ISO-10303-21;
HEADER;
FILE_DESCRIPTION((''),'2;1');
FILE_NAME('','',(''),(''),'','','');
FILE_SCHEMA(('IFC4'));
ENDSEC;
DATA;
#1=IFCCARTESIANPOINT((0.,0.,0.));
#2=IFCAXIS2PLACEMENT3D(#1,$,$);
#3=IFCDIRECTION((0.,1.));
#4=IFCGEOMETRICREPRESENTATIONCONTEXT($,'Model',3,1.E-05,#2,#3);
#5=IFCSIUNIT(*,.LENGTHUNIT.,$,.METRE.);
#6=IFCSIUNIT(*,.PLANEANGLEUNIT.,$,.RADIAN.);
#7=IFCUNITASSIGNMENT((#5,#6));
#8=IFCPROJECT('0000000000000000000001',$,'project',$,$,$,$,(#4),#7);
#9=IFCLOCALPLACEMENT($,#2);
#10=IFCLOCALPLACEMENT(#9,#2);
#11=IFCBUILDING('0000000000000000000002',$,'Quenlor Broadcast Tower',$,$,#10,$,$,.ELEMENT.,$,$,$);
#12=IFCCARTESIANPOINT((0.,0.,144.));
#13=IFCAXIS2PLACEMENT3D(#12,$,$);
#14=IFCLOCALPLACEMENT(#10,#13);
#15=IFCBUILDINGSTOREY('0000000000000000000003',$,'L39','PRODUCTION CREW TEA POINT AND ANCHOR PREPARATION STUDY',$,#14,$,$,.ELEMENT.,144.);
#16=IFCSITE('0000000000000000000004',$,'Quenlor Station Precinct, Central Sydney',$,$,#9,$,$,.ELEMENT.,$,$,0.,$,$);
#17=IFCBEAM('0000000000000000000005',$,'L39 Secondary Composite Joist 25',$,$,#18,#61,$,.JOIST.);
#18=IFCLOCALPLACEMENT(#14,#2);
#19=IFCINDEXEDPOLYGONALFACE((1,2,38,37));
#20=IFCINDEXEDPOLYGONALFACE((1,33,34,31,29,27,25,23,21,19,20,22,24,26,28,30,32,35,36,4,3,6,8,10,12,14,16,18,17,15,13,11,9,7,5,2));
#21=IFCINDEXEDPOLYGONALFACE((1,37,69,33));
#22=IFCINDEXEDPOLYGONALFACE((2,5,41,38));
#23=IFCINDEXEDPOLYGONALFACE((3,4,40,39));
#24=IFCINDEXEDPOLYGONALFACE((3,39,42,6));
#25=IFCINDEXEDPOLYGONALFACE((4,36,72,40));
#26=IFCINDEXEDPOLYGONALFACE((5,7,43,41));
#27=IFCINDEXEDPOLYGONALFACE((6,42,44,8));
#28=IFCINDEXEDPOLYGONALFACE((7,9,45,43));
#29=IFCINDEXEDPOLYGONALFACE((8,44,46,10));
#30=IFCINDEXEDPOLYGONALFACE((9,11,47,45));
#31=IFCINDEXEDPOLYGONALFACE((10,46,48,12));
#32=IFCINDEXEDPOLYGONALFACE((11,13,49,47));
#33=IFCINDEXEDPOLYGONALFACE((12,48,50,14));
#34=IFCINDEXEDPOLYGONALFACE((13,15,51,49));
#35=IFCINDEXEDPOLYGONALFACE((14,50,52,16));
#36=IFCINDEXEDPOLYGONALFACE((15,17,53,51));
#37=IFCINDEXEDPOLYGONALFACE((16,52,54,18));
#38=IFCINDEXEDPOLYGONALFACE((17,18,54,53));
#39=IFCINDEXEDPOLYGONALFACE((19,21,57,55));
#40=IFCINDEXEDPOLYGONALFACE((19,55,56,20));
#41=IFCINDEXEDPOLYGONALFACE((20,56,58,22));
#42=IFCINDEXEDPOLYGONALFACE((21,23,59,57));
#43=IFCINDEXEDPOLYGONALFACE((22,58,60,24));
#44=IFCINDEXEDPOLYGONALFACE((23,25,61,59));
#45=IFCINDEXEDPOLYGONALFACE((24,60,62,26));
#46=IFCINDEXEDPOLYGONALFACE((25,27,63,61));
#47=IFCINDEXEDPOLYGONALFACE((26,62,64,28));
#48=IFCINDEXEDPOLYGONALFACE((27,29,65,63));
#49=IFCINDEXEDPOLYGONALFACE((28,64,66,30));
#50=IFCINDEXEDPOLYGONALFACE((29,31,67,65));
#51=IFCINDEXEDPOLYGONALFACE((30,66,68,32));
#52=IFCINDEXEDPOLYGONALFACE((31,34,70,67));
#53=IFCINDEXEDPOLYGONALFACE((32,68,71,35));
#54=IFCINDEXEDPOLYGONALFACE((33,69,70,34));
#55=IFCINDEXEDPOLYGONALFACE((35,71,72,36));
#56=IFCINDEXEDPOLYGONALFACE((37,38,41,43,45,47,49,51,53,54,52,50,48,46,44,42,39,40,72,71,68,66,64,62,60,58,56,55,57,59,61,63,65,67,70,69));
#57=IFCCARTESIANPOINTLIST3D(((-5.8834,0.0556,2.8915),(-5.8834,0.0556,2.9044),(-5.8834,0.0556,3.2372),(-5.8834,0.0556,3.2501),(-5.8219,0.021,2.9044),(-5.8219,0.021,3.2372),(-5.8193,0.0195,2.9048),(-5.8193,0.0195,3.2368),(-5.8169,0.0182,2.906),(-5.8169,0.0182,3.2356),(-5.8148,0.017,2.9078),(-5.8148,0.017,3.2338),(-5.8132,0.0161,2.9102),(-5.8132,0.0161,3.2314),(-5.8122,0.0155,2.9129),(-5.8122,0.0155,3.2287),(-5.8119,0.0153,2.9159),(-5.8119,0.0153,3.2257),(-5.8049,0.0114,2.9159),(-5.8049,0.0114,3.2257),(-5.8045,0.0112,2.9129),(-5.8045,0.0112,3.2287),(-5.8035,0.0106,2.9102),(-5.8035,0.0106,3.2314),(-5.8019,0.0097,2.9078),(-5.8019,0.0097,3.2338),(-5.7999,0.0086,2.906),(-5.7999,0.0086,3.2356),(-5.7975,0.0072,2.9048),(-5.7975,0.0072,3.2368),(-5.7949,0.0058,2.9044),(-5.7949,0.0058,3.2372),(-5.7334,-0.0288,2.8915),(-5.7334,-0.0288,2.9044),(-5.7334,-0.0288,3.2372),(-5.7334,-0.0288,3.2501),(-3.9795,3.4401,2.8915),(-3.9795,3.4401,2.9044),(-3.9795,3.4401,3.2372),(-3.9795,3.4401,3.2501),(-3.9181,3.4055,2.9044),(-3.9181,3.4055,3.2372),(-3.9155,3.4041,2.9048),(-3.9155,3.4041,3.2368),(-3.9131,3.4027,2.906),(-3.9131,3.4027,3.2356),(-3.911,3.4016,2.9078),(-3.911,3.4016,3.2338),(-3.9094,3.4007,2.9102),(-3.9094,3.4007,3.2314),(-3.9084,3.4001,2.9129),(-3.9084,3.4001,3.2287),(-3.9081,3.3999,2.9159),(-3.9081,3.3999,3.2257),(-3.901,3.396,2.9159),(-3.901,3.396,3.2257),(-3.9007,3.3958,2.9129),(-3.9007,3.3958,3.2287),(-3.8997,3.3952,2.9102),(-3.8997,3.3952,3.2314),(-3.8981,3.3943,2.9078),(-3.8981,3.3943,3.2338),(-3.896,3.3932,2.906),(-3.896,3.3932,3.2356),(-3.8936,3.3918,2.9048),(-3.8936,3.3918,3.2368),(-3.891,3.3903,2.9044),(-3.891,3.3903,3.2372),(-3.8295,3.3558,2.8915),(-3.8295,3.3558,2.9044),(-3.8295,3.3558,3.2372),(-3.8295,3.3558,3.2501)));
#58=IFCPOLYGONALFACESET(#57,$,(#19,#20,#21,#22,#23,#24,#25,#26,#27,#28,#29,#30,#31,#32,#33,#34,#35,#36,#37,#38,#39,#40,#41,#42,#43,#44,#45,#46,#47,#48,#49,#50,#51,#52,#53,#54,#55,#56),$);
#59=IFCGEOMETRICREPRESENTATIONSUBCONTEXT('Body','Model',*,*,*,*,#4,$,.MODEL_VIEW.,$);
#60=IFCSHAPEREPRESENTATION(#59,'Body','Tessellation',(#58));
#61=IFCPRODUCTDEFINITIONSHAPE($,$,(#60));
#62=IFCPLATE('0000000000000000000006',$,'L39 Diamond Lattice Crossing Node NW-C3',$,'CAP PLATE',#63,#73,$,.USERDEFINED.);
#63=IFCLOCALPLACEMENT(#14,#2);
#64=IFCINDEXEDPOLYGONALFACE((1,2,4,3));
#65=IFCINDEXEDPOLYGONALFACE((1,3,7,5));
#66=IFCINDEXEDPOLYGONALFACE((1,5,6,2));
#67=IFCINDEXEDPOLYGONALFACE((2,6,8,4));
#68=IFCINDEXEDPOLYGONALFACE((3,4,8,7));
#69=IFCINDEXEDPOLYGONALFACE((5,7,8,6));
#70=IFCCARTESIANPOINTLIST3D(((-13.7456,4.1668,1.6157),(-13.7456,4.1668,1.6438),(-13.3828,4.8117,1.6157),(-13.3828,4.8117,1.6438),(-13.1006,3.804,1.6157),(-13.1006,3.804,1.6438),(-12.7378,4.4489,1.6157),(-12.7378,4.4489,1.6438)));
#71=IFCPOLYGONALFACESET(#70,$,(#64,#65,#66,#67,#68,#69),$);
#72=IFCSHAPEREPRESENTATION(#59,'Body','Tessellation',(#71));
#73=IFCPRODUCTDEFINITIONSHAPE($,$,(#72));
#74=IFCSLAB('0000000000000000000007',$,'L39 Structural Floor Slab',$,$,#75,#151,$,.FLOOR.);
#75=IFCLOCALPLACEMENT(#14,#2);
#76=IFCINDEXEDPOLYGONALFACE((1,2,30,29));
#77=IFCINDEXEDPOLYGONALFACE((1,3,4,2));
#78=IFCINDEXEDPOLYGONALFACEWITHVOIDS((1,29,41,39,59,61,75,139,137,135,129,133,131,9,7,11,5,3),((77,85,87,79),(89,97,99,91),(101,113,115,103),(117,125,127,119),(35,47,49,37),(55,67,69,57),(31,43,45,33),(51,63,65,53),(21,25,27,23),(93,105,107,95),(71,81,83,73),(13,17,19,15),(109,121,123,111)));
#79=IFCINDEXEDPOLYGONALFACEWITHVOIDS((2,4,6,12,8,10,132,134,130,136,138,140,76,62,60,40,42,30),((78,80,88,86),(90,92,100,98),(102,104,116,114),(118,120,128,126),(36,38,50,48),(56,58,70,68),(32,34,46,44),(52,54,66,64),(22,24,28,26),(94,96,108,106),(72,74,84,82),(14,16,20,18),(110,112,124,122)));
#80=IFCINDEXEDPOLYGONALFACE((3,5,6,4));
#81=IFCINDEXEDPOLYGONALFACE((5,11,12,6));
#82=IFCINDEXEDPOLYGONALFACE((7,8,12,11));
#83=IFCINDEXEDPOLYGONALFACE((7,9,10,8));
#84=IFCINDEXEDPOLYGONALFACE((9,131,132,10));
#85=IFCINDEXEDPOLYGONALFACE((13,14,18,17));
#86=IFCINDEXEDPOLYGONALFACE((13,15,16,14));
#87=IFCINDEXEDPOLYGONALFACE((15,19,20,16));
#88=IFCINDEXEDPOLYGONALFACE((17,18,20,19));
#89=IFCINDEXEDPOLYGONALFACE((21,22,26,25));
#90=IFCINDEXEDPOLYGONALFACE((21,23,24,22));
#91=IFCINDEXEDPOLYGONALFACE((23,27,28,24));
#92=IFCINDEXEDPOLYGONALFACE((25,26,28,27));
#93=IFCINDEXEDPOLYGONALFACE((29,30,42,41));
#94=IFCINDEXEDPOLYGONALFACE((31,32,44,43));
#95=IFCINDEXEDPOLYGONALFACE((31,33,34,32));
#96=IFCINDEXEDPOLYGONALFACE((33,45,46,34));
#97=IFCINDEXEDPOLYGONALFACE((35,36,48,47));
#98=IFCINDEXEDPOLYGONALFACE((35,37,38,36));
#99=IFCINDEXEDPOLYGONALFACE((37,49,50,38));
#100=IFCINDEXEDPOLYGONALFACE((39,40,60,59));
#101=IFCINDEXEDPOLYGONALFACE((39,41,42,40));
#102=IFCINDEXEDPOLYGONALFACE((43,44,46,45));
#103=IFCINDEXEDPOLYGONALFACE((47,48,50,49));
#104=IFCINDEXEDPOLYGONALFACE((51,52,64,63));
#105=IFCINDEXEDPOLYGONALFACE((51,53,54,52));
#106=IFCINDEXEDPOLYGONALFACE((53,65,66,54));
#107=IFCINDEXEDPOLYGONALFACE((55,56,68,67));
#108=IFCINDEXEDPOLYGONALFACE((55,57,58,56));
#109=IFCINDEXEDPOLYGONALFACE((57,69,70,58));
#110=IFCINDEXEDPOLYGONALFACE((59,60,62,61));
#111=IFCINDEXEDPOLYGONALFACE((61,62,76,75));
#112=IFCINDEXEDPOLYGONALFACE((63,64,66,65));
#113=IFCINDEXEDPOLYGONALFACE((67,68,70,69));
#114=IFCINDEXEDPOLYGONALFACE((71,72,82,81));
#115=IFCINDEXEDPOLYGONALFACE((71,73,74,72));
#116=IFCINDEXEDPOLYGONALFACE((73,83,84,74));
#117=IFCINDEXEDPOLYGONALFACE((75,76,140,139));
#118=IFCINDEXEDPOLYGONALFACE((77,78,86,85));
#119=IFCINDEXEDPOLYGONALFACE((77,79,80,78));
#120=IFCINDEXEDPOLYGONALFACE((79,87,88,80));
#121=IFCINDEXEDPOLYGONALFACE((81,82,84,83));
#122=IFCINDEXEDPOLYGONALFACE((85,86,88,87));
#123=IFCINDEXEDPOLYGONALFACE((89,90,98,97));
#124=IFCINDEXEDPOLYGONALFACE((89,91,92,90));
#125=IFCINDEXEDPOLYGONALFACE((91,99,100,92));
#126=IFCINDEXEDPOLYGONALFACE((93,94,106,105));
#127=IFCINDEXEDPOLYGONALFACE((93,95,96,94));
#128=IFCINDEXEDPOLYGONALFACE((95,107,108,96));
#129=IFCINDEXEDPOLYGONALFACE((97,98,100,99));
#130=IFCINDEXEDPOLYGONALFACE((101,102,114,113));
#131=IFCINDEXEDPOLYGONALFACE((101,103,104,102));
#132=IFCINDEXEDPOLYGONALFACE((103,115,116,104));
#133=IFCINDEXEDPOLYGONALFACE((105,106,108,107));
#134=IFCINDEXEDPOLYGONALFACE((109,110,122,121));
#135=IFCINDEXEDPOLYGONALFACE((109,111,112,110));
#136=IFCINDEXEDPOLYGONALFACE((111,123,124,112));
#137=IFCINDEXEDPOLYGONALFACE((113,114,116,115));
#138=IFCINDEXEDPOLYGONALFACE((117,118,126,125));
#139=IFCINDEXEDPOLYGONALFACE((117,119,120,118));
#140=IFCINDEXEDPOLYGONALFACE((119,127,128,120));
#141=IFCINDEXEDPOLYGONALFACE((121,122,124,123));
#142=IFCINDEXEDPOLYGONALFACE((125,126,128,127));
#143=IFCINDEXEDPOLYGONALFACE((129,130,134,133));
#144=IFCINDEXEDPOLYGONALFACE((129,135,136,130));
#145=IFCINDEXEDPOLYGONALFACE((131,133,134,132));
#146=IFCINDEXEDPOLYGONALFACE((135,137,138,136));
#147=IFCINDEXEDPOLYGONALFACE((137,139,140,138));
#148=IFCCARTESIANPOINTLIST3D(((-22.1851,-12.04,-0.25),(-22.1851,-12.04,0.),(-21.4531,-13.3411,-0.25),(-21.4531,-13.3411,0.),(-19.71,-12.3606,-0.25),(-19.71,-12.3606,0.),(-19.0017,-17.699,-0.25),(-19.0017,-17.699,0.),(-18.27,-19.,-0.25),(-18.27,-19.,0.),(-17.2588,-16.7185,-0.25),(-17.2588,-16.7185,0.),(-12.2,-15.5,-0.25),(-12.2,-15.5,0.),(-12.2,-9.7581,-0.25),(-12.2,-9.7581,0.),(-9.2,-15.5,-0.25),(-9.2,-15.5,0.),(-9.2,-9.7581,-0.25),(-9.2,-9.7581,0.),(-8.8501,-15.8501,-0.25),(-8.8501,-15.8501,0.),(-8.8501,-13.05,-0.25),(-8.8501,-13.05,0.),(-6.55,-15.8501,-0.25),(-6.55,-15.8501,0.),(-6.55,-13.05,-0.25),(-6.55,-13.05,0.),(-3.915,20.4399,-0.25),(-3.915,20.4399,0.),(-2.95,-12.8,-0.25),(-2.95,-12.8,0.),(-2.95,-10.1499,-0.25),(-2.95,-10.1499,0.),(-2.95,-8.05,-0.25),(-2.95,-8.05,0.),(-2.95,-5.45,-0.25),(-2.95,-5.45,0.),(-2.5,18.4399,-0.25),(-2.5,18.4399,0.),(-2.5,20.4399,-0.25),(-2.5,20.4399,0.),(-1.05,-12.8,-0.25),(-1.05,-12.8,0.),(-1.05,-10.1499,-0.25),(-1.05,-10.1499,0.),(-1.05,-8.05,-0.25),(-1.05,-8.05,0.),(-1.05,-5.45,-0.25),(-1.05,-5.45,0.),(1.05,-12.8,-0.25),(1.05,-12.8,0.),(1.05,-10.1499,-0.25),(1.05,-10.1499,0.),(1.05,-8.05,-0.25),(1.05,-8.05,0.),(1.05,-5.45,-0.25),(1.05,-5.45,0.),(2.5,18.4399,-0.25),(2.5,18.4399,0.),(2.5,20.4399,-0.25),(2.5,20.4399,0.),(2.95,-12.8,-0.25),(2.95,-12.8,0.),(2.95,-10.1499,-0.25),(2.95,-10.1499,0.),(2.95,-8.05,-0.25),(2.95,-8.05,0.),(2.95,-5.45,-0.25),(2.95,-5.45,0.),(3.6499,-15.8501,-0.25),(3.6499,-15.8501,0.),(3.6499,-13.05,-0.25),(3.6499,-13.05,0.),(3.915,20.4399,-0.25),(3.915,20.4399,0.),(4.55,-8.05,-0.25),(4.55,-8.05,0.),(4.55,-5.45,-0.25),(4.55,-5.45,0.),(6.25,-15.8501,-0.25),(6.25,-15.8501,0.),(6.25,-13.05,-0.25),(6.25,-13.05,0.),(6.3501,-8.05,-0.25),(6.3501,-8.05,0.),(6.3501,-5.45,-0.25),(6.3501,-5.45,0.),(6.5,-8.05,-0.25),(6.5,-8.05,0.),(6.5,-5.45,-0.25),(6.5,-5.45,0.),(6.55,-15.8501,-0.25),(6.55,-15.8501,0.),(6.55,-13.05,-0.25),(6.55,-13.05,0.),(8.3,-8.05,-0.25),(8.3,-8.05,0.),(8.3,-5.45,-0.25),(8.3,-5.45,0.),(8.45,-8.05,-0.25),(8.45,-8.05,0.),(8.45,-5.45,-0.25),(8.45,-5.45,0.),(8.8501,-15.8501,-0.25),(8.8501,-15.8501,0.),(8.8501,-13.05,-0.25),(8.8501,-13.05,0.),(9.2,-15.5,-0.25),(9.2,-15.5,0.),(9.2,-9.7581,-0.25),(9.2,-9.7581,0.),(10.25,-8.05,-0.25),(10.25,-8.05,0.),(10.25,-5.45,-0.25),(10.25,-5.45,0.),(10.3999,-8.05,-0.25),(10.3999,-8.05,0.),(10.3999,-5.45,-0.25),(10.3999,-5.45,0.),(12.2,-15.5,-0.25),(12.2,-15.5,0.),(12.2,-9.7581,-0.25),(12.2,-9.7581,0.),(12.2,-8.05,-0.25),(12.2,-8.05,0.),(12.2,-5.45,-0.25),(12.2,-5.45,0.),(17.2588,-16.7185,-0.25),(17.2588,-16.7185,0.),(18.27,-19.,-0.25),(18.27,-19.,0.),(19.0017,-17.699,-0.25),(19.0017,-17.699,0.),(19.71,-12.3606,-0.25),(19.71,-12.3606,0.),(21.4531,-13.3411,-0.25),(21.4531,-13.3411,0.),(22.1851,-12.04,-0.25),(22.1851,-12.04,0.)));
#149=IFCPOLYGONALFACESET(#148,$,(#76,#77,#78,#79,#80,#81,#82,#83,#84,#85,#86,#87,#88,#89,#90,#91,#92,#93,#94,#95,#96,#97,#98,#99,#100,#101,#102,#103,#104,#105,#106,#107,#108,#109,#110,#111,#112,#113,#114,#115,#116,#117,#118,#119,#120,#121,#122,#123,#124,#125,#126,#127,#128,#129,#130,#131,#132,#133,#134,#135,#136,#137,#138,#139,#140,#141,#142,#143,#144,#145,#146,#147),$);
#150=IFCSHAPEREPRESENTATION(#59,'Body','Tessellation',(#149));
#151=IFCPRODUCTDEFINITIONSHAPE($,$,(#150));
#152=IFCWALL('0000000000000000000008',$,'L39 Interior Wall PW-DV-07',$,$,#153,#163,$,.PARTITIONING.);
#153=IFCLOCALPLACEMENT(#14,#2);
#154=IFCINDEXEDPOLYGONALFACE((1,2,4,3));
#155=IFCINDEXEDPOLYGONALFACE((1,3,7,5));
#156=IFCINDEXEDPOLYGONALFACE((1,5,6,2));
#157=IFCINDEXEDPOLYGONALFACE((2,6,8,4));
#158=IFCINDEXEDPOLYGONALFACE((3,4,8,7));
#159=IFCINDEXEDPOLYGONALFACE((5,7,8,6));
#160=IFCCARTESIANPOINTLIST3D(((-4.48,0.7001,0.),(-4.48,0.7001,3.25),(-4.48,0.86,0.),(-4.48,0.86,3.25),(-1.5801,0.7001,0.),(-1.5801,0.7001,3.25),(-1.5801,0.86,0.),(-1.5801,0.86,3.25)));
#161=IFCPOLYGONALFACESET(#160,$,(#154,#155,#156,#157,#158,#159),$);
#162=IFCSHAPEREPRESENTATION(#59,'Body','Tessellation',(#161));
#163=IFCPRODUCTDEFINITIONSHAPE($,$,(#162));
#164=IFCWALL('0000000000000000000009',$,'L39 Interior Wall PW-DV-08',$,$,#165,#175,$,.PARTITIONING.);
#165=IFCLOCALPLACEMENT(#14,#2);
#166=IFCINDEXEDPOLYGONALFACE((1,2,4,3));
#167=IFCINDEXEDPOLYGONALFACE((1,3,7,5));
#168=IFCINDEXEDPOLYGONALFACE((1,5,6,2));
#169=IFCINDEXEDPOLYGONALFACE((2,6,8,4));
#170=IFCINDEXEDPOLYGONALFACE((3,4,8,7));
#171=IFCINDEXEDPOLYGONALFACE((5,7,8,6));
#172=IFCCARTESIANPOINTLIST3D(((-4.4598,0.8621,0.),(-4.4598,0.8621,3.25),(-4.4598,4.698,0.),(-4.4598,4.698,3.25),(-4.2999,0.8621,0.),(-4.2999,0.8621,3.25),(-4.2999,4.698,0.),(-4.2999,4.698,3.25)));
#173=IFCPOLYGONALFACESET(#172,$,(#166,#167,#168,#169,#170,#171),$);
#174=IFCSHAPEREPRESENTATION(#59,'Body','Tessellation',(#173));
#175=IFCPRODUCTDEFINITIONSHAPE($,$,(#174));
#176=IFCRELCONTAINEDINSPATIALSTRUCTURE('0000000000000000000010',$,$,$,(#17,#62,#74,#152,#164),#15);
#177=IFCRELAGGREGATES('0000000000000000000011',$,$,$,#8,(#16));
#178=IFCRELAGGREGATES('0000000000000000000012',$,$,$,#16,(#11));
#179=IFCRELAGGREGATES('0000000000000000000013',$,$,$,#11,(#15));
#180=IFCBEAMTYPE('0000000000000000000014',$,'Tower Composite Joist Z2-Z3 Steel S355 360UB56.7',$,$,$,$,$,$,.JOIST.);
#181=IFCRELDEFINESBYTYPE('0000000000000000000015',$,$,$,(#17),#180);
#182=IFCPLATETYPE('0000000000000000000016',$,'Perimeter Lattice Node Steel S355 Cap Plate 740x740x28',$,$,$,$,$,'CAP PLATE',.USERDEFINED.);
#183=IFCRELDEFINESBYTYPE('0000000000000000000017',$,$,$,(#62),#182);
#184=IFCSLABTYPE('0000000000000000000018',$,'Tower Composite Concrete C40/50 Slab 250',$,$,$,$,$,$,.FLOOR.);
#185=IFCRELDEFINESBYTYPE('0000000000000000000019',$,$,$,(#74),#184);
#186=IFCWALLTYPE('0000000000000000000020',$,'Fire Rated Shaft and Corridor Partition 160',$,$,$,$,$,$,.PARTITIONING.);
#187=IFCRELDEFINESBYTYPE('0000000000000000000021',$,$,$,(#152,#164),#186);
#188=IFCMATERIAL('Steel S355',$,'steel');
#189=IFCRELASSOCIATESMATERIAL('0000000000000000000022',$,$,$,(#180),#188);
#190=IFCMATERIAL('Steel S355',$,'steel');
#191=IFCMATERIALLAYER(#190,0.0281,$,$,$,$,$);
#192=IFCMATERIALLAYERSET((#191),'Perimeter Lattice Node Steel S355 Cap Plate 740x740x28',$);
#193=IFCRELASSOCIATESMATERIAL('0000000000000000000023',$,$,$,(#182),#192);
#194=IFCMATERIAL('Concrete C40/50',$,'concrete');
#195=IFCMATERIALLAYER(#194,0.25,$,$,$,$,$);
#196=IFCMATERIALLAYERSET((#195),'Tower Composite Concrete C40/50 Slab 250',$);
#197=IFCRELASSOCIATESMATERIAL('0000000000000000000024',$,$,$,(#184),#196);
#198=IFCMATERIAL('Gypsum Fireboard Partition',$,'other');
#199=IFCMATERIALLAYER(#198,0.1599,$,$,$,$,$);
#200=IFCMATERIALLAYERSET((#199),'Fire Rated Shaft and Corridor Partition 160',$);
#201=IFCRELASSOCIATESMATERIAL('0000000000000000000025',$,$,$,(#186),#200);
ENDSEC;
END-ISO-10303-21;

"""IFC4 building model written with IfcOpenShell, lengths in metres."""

from ifc_helpers import new_model, si_unit, direction, frame, frame_2d, origin, origin_2d, place, context, subcontext, project, spatial, polyline, rectangle, i_section, outline, extrude, material, layer, layer_set, material_profile, profile_set, type_object, element, save


model = new_model("IFC4")

# Units and contexts
model_context = context("Model", 3, precision=1e-05, world=origin(), true_north=direction((0.0, 1.0)))
body_context = subcontext(model_context, "Body", "Model", "MODEL_VIEW")
ifc_project = project(units=[si_unit("LENGTHUNIT", "METRE"), si_unit("PLANEANGLEUNIT", "RADIAN")], contexts=[model_context])

# Site, building, storey
site_placement = place(None, origin())
site = spatial("IfcSite", under=ifc_project, at=site_placement, Name="Quenlor Station Precinct, Central Sydney", CompositionType="ELEMENT", RefElevation=0.0)
building_placement = place(site_placement, origin())
building = spatial("IfcBuilding", under=site, at=building_placement, Name="Quenlor Broadcast Tower", CompositionType="ELEMENT")
storey_placement = place(building_placement, frame((0.0, 0.0, 144.0)))
storey = spatial("IfcBuildingStorey", under=building, at=storey_placement, Name="L39", Description="PRODUCTION CREW TEA POINT AND ANCHOR PREPARATION STUDY", CompositionType="ELEMENT", Elevation=144.0)

# Beam
ifc_material_1 = material(Name="Steel S355", Category="steel")
ifc_material_profile = material_profile(ifc_material_1, i_section(OverallWidth=0.1721, OverallDepth=0.3586, WebThickness=0.0081, FlangeThickness=0.0129, FilletRadius=0.0115, at=origin_2d()))
ifc_profile_set = profile_set([ifc_material_profile], Name="Steel S355 360UB56.7")
beam_type = type_object("IfcBeamType", Name="Tower Composite Joist Z2-Z3 Steel S355 360UB56.7", PredefinedType="JOIST", material=ifc_profile_set)
beam_1_placement = place(storey_placement, frame((-3.9045, 3.3979, 3.0708), z_axis=(-0.490264, -0.871574, 0.0), x_axis=(0.871574, -0.490264, 0.0)))
element("IfcBeam", 1, at=beam_1_placement, inside=storey, type_object=beam_type, Name="L39 Secondary Composite Joist 25", PredefinedType="JOIST", context=body_context, shape_type="SweptSolid", body=[
    extrude(i_section(OverallWidth=0.1721, OverallDepth=0.3586, WebThickness=0.0081, FlangeThickness=0.0129, FilletRadius=0.0115, at=origin_2d()), origin(), (0.0, 0.0, 1.0), 3.8833),
])

# Plate
ifc_material_2 = material(Name="Steel S355", Category="steel")
ifc_layer_1 = layer(ifc_material_2, 0.0281)
ifc_layer_set_1 = layer_set([ifc_layer_1], Name="Perimeter Lattice Node Steel S355 Cap Plate 740x740x28")
plate_type = type_object("IfcPlateType", Name="Perimeter Lattice Node Steel S355 Cap Plate 740x740x28", ElementType="CAP PLATE", PredefinedType="USERDEFINED", material=ifc_layer_set_1)
plate_placement = place(storey_placement, frame((-13.2417, 4.3079, 1.6157), z_axis=(0.0, 0.0, 1.0), x_axis=(0.490295, 0.871556, 0.0)))
element("IfcPlate", 2, at=plate_placement, inside=storey, type_object=plate_type, Name="L39 Diamond Lattice Crossing Node NW-C3", ObjectType="CAP PLATE", PredefinedType="USERDEFINED", context=body_context, shape_type="SweptSolid", body=[
    extrude(rectangle(XDim=0.74, YDim=0.74, at=origin_2d()), origin(), (0.0, 0.0, 1.0), 0.0281),
])

# Slab
ifc_material_3 = material(Name="Concrete C40/50", Category="concrete")
ifc_layer_2 = layer(ifc_material_3, 0.25)
ifc_layer_set_2 = layer_set([ifc_layer_2], Name="Tower Composite Concrete C40/50 Slab 250")
slab_type = type_object("IfcSlabType", Name="Tower Composite Concrete C40/50 Slab 250", PredefinedType="FLOOR", material=ifc_layer_set_2)
slab_placement = place(storey_placement, frame((0.0, 0.0, -0.25)))
element("IfcSlab", 3, at=slab_placement, inside=storey, type_object=slab_type, Name="L39 Structural Floor Slab", PredefinedType="FLOOR", context=body_context, shape_type="SweptSolid", body=[
    extrude(outline(polyline([(18.27, -19.0), (19.0017, -17.699), (17.2588, -16.7185), (19.71, -12.3606), (21.4531, -13.3411), (22.1851, -12.04), (3.915, 20.4399), (2.5, 20.4399), (2.5, 18.4399), (-2.5, 18.4399), (-2.5, 20.4399), (-3.915, 20.4399), (-22.1851, -12.04), (-21.4531, -13.3411), (-19.71, -12.3606), (-17.2588, -16.7185), (-19.0017, -17.699), (-18.27, -19.0), (18.27, -19.0)]), holes=[polyline([(-12.2, -9.7581), (-12.2, -15.5), (-9.2, -15.5), (-9.2, -9.7581), (-12.2, -9.7581)]), polyline([(9.2, -9.7581), (9.2, -15.5), (12.2, -15.5), (12.2, -9.7581), (9.2, -9.7581)]), polyline([(-2.95, -8.05), (-1.05, -8.05), (-1.05, -5.45), (-2.95, -5.45), (-2.95, -8.05)]), polyline([(1.05, -8.05), (2.95, -8.05), (2.95, -5.45), (1.05, -5.45), (1.05, -8.05)]), polyline([(-2.95, -12.8), (-1.05, -12.8), (-1.05, -10.1499), (-2.95, -10.1499), (-2.95, -12.8)]), polyline([(1.05, -12.8), (2.95, -12.8), (2.95, -10.1499), (1.05, -10.1499), (1.05, -12.8)]), polyline([(4.55, -8.05), (6.3501, -8.05), (6.3501, -5.45), (4.55, -5.45), (4.55, -8.05)]), polyline([(6.5, -8.05), (8.3, -8.05), (8.3, -5.45), (6.5, -5.45), (6.5, -8.05)]), polyline([(8.45, -8.05), (10.25, -8.05), (10.25, -5.45), (8.45, -5.45), (8.45, -8.05)]), polyline([(10.3999, -8.05), (12.2, -8.05), (12.2, -5.45), (10.3999, -5.45), (10.3999, -8.05)]), polyline([(-8.8501, -15.8501), (-6.55, -15.8501), (-6.55, -13.05), (-8.8501, -13.05), (-8.8501, -15.8501)]), polyline([(6.55, -15.8501), (8.8501, -15.8501), (8.8501, -13.05), (6.55, -13.05), (6.55, -15.8501)]), polyline([(3.6499, -15.8501), (6.25, -15.8501), (6.25, -13.05), (3.6499, -13.05), (3.6499, -15.8501)])]), origin(), (0.0, 0.0, 1.0), 0.25),
])

# Walls
ifc_material_4 = material(Name="Gypsum Fireboard Partition", Category="other")
ifc_layer_3 = layer(ifc_material_4, 0.1599)
ifc_layer_set_3 = layer_set([ifc_layer_3], Name="Fire Rated Shaft and Corridor Partition 160")
wall_type_1 = type_object("IfcWallType", Name="Fire Rated Shaft and Corridor Partition 160", PredefinedType="PARTITIONING", material=ifc_layer_set_3)
wall_1_placement = place(storey_placement, frame((-1.5801, 0.78, 0.0), z_axis=(0.0, 0.0, 1.0), x_axis=(-1.0, 0.0, 0.0)))
element("IfcWall", 4, at=wall_1_placement, inside=storey, type_object=wall_type_1, Name="L39 Interior Wall PW-DV-07", PredefinedType="PARTITIONING", context=body_context, shape_type="SweptSolid", body=[
    extrude(rectangle(XDim=2.8999, YDim=0.1599, at=frame_2d((1.45, 0.0))), origin(), (0.0, 0.0, 1.0), 3.25),
])
wall_2_placement = place(storey_placement, frame((-4.3799, 0.8621, 0.0), z_axis=(0.0, 0.0, 1.0), x_axis=(0.0, 1.0, 0.0)))
element("IfcWall", 5, at=wall_2_placement, inside=storey, type_object=wall_type_1, Name="L39 Interior Wall PW-DV-08", PredefinedType="PARTITIONING", context=body_context, shape_type="SweptSolid", body=[
    extrude(rectangle(XDim=3.8359, YDim=0.1599, at=frame_2d((1.918, 0.0))), origin(), (0.0, 0.0, 1.0), 3.25),
])

save(model, "model.ifc")
